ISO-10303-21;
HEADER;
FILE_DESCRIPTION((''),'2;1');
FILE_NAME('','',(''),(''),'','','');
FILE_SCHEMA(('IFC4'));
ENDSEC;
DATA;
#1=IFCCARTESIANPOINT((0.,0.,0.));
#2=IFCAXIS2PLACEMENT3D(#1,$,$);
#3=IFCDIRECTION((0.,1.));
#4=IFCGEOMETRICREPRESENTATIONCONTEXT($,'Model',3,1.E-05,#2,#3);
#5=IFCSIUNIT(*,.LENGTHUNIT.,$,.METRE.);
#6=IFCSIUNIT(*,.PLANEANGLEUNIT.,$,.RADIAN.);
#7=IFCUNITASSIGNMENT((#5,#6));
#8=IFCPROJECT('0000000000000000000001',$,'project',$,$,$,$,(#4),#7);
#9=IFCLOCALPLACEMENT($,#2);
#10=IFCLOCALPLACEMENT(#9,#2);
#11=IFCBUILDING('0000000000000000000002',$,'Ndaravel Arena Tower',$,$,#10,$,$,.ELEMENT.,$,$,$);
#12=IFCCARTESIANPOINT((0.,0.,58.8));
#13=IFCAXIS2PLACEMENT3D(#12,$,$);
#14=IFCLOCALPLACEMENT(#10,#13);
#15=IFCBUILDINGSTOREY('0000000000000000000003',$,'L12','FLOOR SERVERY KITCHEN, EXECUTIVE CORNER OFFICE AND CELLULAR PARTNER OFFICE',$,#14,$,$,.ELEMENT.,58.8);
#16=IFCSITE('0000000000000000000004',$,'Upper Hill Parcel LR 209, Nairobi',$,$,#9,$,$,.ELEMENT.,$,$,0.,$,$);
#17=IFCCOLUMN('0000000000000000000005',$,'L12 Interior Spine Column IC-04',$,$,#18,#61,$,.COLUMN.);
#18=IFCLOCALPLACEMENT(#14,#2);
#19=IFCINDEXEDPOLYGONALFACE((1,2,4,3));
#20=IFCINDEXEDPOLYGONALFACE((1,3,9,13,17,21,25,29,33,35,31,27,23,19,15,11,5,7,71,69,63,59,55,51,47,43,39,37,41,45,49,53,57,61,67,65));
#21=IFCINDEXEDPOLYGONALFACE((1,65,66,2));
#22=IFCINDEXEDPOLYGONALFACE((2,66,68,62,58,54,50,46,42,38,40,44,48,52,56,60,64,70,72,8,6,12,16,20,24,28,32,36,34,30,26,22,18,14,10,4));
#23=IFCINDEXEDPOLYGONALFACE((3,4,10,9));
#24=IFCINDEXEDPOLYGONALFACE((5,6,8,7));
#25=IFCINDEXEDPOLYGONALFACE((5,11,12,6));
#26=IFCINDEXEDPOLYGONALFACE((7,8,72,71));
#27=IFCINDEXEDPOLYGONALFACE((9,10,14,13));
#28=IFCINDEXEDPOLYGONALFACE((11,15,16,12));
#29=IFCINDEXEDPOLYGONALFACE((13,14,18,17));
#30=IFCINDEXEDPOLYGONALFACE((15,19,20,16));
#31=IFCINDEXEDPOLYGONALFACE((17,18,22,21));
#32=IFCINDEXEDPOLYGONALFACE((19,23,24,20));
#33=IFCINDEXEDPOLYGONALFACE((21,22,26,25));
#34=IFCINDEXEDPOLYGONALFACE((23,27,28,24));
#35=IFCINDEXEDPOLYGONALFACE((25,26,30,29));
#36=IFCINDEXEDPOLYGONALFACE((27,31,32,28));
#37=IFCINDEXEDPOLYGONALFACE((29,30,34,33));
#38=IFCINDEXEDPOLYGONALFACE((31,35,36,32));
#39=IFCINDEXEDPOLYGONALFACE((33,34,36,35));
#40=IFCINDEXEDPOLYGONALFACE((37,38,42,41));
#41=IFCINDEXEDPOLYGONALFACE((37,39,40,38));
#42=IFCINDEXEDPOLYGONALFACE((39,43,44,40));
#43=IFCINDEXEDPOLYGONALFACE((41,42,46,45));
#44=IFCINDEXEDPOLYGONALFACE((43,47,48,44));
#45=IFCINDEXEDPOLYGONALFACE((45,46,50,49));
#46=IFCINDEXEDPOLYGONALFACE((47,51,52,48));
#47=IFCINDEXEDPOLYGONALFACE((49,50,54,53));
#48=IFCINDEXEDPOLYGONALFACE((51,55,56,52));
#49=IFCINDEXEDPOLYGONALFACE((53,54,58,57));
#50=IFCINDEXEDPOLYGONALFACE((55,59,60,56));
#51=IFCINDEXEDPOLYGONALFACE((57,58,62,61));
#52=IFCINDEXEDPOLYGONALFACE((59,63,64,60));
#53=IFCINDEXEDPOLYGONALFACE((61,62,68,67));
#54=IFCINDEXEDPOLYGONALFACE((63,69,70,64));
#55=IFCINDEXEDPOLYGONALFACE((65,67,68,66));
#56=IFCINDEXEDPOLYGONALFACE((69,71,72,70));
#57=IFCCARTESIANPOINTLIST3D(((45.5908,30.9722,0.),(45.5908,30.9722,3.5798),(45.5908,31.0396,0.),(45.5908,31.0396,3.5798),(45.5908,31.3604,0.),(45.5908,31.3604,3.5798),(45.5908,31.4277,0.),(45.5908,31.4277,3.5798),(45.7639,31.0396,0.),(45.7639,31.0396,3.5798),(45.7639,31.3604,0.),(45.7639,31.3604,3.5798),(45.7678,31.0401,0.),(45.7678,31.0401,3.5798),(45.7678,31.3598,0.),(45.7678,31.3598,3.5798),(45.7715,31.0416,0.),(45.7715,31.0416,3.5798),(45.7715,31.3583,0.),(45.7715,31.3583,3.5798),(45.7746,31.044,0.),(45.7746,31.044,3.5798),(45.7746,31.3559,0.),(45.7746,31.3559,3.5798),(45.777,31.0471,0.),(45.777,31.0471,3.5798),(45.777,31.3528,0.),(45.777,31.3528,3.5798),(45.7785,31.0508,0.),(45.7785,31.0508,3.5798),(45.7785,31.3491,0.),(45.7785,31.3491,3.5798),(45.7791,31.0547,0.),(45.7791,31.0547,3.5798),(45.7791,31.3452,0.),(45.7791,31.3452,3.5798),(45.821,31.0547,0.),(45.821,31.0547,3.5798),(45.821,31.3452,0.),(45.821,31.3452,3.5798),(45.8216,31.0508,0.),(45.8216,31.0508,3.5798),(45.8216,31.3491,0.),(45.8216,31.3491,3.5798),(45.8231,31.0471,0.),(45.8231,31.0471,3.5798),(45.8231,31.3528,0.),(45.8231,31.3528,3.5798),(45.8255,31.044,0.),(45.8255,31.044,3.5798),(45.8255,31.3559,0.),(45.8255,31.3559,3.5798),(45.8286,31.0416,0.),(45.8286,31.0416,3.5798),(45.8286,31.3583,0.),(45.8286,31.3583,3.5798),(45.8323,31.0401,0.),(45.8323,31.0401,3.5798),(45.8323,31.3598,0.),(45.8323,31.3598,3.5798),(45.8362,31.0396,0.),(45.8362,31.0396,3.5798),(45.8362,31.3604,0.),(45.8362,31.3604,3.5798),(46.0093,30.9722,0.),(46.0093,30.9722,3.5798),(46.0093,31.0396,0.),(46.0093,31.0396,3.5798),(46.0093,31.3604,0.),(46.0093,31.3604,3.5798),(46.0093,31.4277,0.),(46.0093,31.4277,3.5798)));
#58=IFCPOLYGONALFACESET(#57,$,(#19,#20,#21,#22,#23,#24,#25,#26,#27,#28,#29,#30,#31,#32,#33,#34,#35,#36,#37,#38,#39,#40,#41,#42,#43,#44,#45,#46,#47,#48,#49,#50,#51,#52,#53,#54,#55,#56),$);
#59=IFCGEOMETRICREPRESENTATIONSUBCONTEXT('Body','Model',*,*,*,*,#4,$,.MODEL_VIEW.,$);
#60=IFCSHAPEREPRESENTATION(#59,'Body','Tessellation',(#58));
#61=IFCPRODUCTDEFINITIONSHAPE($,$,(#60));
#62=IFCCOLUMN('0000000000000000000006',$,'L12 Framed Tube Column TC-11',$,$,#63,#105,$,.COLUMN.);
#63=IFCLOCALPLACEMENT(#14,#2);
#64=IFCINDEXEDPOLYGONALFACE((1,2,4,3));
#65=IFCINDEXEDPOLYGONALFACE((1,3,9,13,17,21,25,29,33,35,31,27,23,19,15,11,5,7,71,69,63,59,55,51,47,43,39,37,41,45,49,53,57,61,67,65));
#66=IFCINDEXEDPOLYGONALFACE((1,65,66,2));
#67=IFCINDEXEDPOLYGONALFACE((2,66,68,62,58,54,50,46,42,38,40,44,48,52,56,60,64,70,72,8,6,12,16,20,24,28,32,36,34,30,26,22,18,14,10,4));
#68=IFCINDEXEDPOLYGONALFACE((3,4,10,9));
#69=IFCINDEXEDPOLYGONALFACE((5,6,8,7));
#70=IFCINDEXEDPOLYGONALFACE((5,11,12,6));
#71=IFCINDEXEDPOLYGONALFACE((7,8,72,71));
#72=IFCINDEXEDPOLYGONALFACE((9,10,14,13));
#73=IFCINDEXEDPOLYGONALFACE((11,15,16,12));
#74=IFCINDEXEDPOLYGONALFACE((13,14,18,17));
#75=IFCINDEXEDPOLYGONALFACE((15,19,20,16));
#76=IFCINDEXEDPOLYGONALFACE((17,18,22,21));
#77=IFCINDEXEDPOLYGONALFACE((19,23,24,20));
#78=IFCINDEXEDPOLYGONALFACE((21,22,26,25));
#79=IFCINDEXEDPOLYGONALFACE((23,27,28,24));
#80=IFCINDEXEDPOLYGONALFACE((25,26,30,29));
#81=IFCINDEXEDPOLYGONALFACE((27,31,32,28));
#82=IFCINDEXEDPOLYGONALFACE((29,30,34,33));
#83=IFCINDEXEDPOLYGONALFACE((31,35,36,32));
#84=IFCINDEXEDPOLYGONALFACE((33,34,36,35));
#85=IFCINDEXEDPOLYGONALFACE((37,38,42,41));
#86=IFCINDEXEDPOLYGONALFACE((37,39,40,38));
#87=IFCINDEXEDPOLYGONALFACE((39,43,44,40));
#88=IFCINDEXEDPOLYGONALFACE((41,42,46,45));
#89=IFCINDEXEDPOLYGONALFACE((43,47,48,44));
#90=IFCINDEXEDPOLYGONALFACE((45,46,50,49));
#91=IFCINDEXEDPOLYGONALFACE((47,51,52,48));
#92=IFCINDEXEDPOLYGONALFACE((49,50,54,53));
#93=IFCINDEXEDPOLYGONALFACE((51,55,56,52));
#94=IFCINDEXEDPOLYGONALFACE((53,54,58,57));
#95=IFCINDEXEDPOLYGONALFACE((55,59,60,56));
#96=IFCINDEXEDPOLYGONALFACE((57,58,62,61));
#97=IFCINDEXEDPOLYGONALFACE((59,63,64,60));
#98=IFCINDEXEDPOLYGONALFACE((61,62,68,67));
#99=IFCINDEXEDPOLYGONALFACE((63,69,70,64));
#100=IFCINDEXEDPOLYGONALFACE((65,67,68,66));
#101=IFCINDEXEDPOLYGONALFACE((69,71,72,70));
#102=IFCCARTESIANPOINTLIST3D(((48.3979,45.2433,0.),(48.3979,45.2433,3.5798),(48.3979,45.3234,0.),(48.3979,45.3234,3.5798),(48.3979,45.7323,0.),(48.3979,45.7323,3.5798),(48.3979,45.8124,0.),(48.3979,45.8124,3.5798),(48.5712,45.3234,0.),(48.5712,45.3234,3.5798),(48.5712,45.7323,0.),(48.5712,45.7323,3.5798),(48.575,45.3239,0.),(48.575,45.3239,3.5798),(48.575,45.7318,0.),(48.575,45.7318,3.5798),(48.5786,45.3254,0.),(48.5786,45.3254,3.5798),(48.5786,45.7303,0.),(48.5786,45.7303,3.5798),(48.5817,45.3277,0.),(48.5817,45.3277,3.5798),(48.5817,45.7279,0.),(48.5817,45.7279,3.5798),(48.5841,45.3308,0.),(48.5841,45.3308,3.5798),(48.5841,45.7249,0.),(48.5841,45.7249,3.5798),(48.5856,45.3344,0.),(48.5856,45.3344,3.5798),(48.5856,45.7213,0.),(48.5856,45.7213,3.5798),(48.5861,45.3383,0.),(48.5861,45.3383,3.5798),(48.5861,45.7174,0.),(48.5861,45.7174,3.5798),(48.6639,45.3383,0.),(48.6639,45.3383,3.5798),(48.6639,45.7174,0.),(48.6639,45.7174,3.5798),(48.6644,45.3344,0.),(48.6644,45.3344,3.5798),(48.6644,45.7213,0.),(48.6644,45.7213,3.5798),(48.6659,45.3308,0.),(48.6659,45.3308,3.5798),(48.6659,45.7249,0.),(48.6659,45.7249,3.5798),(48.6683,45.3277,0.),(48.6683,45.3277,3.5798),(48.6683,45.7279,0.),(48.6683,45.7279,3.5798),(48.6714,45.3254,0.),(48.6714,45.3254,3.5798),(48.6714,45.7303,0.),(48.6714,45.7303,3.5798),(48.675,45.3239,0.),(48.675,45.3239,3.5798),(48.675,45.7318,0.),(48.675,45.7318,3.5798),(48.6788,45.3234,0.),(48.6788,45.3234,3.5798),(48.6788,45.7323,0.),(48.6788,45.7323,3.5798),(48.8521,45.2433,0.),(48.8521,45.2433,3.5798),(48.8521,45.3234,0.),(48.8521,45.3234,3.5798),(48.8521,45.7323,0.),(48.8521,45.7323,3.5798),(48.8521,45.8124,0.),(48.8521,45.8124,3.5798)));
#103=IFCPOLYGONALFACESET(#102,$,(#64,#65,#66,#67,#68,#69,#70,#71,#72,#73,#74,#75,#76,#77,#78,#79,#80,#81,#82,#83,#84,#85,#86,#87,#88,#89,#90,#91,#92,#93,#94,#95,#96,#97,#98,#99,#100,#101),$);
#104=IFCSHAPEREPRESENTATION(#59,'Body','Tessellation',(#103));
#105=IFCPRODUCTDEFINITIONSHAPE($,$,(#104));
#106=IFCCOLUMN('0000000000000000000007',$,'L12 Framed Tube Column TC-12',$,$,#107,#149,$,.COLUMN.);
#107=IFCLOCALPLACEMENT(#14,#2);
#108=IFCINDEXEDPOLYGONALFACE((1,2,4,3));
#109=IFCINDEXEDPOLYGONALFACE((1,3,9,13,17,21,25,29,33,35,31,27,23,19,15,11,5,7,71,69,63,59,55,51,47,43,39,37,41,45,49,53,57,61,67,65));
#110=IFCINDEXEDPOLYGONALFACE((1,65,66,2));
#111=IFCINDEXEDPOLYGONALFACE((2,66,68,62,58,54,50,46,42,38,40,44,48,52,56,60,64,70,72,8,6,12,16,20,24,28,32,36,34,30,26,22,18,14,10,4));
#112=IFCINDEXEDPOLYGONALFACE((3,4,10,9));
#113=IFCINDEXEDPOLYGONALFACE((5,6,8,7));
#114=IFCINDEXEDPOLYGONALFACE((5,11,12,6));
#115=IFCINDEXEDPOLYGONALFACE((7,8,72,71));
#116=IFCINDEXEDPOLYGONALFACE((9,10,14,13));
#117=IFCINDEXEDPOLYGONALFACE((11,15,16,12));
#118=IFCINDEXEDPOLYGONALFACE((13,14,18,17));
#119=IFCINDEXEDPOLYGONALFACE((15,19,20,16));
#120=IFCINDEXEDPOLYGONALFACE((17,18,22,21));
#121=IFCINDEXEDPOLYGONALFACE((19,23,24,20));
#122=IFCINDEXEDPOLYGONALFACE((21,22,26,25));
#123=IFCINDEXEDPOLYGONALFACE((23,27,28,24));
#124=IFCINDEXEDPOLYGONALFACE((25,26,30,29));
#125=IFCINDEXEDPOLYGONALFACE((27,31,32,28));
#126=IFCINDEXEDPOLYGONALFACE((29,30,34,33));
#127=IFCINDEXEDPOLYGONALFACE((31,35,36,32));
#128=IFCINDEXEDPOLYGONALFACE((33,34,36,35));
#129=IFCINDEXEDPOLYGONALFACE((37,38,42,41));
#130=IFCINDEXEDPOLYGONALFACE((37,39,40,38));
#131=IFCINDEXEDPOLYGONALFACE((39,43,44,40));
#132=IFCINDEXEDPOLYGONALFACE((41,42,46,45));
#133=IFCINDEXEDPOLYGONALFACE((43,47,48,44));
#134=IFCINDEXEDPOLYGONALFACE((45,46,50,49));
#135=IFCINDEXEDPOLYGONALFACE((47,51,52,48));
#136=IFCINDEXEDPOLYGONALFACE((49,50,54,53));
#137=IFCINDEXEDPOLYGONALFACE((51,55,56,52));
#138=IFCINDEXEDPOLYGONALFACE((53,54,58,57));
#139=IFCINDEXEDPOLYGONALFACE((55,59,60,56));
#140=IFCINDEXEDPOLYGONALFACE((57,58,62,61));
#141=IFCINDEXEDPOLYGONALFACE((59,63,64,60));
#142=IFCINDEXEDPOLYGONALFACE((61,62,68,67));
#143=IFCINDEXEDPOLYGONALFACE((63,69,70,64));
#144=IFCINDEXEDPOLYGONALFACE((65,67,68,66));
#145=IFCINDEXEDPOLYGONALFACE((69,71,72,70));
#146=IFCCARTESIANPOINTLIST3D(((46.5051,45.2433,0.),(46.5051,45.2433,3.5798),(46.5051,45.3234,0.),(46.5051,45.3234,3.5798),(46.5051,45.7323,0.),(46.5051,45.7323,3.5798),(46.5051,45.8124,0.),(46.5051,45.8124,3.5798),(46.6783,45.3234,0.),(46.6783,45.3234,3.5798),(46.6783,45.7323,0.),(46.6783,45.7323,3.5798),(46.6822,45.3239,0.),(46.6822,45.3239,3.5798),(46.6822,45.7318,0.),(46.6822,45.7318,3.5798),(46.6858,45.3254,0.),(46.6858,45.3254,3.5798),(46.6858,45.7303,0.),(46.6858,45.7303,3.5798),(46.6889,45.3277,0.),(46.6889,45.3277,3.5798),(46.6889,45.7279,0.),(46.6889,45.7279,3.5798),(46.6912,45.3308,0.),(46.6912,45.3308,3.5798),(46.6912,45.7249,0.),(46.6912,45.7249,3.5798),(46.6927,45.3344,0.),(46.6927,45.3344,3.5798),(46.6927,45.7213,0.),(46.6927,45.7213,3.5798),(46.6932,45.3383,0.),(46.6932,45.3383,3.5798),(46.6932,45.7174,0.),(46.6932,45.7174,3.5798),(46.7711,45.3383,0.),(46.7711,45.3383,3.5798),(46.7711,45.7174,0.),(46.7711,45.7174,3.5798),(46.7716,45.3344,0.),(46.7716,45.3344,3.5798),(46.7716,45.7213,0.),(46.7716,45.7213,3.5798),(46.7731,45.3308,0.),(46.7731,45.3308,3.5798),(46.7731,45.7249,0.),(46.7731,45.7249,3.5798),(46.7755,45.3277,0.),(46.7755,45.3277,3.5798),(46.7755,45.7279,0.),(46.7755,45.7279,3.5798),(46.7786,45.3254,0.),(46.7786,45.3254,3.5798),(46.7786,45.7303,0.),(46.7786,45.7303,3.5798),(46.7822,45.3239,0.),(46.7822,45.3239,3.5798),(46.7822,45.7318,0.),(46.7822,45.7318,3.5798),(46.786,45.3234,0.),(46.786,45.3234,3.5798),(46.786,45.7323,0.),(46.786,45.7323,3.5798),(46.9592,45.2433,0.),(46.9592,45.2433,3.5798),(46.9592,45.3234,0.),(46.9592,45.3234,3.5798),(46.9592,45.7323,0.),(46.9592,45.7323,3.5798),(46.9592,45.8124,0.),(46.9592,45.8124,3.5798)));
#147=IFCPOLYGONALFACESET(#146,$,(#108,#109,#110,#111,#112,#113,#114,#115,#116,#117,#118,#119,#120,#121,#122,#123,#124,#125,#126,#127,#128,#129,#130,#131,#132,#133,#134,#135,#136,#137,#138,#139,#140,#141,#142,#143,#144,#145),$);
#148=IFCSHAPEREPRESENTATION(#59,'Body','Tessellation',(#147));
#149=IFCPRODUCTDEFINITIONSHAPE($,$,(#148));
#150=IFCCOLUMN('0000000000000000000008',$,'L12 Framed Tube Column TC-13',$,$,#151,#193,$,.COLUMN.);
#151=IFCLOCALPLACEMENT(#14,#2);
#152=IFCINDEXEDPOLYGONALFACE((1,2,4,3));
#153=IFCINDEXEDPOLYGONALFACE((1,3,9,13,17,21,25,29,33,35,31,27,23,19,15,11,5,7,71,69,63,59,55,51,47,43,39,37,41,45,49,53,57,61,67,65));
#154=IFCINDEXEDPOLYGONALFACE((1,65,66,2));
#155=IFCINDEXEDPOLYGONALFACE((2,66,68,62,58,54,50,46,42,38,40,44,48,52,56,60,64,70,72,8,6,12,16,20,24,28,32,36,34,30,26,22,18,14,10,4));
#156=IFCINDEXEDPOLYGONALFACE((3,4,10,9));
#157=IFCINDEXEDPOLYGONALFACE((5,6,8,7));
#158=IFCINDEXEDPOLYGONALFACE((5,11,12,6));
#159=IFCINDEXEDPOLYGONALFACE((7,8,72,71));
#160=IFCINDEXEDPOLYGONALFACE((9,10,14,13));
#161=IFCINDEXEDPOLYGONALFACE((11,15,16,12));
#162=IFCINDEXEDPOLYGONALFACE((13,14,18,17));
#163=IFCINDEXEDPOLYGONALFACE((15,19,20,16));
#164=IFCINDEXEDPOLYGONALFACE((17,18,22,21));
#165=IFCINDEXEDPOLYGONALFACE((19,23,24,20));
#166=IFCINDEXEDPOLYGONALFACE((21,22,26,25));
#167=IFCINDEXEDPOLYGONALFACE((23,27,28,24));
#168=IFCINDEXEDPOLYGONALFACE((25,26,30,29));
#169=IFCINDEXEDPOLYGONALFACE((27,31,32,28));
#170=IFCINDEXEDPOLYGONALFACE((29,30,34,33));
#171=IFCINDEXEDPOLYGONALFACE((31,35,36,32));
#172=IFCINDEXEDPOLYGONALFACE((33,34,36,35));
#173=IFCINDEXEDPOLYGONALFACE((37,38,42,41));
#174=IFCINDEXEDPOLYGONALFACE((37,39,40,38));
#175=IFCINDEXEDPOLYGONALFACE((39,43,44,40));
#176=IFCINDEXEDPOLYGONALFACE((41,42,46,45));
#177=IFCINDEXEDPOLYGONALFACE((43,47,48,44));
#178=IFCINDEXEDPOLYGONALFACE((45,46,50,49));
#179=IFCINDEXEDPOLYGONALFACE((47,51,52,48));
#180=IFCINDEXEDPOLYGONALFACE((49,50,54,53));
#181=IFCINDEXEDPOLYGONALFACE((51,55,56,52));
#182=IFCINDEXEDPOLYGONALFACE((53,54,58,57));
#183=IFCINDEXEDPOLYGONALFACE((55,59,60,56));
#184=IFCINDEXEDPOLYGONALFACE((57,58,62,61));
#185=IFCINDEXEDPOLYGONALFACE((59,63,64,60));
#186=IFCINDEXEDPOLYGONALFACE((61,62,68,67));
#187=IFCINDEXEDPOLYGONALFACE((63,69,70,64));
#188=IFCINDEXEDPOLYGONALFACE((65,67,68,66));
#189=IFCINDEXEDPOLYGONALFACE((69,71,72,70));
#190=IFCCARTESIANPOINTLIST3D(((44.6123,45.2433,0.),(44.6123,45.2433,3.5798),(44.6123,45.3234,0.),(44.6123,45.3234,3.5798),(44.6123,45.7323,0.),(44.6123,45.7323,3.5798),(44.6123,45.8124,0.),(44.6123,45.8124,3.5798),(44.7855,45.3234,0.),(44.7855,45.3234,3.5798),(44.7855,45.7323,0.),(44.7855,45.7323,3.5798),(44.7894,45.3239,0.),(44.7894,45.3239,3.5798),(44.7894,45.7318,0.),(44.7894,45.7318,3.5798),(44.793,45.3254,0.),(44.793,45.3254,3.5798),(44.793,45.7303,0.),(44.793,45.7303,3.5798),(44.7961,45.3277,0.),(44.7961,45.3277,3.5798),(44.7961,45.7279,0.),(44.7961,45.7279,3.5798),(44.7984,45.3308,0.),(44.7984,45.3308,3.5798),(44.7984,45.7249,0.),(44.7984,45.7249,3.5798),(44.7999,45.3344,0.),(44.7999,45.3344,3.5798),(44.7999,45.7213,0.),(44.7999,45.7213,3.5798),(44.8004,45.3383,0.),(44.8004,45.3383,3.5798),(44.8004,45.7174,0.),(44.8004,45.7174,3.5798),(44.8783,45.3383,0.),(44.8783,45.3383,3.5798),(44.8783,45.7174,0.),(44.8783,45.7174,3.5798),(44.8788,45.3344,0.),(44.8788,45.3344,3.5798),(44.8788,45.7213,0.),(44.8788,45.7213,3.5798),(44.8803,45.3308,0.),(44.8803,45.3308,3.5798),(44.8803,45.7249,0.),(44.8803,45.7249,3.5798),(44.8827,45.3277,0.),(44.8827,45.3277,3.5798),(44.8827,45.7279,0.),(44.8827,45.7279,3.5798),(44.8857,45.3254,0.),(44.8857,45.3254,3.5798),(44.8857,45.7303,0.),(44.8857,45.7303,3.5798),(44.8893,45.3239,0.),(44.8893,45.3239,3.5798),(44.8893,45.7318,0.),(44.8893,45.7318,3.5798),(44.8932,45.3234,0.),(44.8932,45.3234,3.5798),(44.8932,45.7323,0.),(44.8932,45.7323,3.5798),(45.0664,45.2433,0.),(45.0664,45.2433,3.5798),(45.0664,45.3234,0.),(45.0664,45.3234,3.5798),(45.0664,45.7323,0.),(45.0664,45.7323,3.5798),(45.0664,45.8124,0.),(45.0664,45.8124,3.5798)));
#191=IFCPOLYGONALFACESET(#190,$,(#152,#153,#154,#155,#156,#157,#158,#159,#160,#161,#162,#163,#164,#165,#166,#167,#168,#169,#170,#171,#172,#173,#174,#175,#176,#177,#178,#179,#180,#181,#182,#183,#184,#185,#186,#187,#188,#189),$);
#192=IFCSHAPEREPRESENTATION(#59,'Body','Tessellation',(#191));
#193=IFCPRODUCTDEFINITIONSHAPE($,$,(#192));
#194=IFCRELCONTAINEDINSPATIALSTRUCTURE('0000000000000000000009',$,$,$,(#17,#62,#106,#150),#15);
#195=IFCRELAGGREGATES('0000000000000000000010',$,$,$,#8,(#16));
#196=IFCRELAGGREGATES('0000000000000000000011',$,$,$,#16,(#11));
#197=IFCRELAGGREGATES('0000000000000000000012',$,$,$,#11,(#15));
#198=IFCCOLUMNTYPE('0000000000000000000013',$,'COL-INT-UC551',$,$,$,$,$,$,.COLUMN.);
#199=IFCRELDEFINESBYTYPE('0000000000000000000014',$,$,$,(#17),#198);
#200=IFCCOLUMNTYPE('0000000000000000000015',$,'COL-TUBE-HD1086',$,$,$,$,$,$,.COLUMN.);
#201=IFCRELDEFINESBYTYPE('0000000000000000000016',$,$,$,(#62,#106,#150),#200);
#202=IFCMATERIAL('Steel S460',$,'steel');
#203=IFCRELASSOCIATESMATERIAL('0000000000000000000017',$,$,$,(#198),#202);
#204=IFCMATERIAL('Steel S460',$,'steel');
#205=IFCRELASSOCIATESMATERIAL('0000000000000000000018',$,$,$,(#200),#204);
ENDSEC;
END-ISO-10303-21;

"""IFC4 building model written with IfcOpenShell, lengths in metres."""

from ifc_helpers import new_model, si_unit, direction, frame, origin, origin_2d, place, context, subcontext, project, spatial, i_section, extrude, material, material_profile, profile_set, type_object, element, save


model = new_model("IFC4")

# Units and contexts
model_context = context("Model", 3, precision=1e-05, world=origin(), true_north=direction((0.0, 1.0)))
body_context = subcontext(model_context, "Body", "Model", "MODEL_VIEW")
ifc_project = project(units=[si_unit("LENGTHUNIT", "METRE"), si_unit("PLANEANGLEUNIT", "RADIAN")], contexts=[model_context])

# Site, building, storey
site_placement = place(None, origin())
site = spatial("IfcSite", under=ifc_project, at=site_placement, Name="Upper Hill Parcel LR 209, Nairobi", CompositionType="ELEMENT", RefElevation=0.0)
building_placement = place(site_placement, origin())
building = spatial("IfcBuilding", under=site, at=building_placement, Name="Ndaravel Arena Tower", CompositionType="ELEMENT")
storey_placement = place(building_placement, frame((0.0, 0.0, 58.8)))
storey = spatial("IfcBuildingStorey", under=building, at=storey_placement, Name="L12", Description="FLOOR SERVERY KITCHEN, EXECUTIVE CORNER OFFICE AND CELLULAR PARTNER OFFICE", CompositionType="ELEMENT", Elevation=58.8)

# Columns
ifc_material_1 = material(Name="Steel S460", Category="steel")
ifc_material_profile_1 = material_profile(ifc_material_1, i_section(OverallWidth=0.4185, OverallDepth=0.4556, WebThickness=0.042, FlangeThickness=0.0674, FilletRadius=0.0151, at=origin_2d()), Name="UC 356x406x551")
ifc_profile_set_1 = profile_set([ifc_material_profile_1], Name="Steel S460")
column_type_1 = type_object("IfcColumnType", Name="COL-INT-UC551", PredefinedType="COLUMN", material=ifc_profile_set_1)
column_placement = place(storey_placement, frame((45.8, 31.2, 0.0), z_axis=(0.0, 0.0, 1.0), x_axis=(1.0, 0.0, 0.0)))
element("IfcColumn", 1, at=column_placement, inside=storey, type_object=column_type_1, Name="L12 Interior Spine Column IC-04", PredefinedType="COLUMN", context=body_context, shape_type="SweptSolid", body=[
    extrude(i_section(OverallWidth=0.4185, OverallDepth=0.4556, WebThickness=0.042, FlangeThickness=0.0674, FilletRadius=0.0151, at=origin_2d()), origin(), (0.0, 0.0, 1.0), 3.5798),
])
ifc_material_2 = material(Name="Steel S460", Category="steel")
ifc_material_profile_2 = material_profile(ifc_material_2, i_section(OverallWidth=0.4541, OverallDepth=0.5691, WebThickness=0.0779, FlangeThickness=0.0801, FilletRadius=0.0149, at=origin_2d()), Name="HD 400x1086")
ifc_profile_set_2 = profile_set([ifc_material_profile_2], Name="Steel S460")
column_type_2 = type_object("IfcColumnType", Name="COL-TUBE-HD1086", PredefinedType="COLUMN", material=ifc_profile_set_2)
for number, where, z_axis, x_axis, name in (
    (2, (48.625, 45.5278, 0.0), (0.0, 0.0, 1.0), (1.0, 0.0, 0.0), "L12 Framed Tube Column TC-11"),
    (3, (46.7322, 45.5278, 0.0), (0.0, 0.0, 1.0), (1.0, 0.0, 0.0), "L12 Framed Tube Column TC-12"),
    (4, (44.8394, 45.5278, 0.0), (0.0, 0.0, 1.0), (1.0, 0.0, 0.0), "L12 Framed Tube Column TC-13"),
):
    element("IfcColumn", number, at=place(storey_placement, frame(where, z_axis=z_axis, x_axis=x_axis)), inside=storey, type_object=column_type_2, Name=name, PredefinedType="COLUMN", context=body_context, shape_type="SweptSolid", body=[
        extrude(i_section(OverallWidth=0.4541, OverallDepth=0.5691, WebThickness=0.0779, FlangeThickness=0.0801, FilletRadius=0.0149, at=origin_2d()), origin(), (0.0, 0.0, 1.0), 3.5798),
    ])

save(model, "model.ifc")
